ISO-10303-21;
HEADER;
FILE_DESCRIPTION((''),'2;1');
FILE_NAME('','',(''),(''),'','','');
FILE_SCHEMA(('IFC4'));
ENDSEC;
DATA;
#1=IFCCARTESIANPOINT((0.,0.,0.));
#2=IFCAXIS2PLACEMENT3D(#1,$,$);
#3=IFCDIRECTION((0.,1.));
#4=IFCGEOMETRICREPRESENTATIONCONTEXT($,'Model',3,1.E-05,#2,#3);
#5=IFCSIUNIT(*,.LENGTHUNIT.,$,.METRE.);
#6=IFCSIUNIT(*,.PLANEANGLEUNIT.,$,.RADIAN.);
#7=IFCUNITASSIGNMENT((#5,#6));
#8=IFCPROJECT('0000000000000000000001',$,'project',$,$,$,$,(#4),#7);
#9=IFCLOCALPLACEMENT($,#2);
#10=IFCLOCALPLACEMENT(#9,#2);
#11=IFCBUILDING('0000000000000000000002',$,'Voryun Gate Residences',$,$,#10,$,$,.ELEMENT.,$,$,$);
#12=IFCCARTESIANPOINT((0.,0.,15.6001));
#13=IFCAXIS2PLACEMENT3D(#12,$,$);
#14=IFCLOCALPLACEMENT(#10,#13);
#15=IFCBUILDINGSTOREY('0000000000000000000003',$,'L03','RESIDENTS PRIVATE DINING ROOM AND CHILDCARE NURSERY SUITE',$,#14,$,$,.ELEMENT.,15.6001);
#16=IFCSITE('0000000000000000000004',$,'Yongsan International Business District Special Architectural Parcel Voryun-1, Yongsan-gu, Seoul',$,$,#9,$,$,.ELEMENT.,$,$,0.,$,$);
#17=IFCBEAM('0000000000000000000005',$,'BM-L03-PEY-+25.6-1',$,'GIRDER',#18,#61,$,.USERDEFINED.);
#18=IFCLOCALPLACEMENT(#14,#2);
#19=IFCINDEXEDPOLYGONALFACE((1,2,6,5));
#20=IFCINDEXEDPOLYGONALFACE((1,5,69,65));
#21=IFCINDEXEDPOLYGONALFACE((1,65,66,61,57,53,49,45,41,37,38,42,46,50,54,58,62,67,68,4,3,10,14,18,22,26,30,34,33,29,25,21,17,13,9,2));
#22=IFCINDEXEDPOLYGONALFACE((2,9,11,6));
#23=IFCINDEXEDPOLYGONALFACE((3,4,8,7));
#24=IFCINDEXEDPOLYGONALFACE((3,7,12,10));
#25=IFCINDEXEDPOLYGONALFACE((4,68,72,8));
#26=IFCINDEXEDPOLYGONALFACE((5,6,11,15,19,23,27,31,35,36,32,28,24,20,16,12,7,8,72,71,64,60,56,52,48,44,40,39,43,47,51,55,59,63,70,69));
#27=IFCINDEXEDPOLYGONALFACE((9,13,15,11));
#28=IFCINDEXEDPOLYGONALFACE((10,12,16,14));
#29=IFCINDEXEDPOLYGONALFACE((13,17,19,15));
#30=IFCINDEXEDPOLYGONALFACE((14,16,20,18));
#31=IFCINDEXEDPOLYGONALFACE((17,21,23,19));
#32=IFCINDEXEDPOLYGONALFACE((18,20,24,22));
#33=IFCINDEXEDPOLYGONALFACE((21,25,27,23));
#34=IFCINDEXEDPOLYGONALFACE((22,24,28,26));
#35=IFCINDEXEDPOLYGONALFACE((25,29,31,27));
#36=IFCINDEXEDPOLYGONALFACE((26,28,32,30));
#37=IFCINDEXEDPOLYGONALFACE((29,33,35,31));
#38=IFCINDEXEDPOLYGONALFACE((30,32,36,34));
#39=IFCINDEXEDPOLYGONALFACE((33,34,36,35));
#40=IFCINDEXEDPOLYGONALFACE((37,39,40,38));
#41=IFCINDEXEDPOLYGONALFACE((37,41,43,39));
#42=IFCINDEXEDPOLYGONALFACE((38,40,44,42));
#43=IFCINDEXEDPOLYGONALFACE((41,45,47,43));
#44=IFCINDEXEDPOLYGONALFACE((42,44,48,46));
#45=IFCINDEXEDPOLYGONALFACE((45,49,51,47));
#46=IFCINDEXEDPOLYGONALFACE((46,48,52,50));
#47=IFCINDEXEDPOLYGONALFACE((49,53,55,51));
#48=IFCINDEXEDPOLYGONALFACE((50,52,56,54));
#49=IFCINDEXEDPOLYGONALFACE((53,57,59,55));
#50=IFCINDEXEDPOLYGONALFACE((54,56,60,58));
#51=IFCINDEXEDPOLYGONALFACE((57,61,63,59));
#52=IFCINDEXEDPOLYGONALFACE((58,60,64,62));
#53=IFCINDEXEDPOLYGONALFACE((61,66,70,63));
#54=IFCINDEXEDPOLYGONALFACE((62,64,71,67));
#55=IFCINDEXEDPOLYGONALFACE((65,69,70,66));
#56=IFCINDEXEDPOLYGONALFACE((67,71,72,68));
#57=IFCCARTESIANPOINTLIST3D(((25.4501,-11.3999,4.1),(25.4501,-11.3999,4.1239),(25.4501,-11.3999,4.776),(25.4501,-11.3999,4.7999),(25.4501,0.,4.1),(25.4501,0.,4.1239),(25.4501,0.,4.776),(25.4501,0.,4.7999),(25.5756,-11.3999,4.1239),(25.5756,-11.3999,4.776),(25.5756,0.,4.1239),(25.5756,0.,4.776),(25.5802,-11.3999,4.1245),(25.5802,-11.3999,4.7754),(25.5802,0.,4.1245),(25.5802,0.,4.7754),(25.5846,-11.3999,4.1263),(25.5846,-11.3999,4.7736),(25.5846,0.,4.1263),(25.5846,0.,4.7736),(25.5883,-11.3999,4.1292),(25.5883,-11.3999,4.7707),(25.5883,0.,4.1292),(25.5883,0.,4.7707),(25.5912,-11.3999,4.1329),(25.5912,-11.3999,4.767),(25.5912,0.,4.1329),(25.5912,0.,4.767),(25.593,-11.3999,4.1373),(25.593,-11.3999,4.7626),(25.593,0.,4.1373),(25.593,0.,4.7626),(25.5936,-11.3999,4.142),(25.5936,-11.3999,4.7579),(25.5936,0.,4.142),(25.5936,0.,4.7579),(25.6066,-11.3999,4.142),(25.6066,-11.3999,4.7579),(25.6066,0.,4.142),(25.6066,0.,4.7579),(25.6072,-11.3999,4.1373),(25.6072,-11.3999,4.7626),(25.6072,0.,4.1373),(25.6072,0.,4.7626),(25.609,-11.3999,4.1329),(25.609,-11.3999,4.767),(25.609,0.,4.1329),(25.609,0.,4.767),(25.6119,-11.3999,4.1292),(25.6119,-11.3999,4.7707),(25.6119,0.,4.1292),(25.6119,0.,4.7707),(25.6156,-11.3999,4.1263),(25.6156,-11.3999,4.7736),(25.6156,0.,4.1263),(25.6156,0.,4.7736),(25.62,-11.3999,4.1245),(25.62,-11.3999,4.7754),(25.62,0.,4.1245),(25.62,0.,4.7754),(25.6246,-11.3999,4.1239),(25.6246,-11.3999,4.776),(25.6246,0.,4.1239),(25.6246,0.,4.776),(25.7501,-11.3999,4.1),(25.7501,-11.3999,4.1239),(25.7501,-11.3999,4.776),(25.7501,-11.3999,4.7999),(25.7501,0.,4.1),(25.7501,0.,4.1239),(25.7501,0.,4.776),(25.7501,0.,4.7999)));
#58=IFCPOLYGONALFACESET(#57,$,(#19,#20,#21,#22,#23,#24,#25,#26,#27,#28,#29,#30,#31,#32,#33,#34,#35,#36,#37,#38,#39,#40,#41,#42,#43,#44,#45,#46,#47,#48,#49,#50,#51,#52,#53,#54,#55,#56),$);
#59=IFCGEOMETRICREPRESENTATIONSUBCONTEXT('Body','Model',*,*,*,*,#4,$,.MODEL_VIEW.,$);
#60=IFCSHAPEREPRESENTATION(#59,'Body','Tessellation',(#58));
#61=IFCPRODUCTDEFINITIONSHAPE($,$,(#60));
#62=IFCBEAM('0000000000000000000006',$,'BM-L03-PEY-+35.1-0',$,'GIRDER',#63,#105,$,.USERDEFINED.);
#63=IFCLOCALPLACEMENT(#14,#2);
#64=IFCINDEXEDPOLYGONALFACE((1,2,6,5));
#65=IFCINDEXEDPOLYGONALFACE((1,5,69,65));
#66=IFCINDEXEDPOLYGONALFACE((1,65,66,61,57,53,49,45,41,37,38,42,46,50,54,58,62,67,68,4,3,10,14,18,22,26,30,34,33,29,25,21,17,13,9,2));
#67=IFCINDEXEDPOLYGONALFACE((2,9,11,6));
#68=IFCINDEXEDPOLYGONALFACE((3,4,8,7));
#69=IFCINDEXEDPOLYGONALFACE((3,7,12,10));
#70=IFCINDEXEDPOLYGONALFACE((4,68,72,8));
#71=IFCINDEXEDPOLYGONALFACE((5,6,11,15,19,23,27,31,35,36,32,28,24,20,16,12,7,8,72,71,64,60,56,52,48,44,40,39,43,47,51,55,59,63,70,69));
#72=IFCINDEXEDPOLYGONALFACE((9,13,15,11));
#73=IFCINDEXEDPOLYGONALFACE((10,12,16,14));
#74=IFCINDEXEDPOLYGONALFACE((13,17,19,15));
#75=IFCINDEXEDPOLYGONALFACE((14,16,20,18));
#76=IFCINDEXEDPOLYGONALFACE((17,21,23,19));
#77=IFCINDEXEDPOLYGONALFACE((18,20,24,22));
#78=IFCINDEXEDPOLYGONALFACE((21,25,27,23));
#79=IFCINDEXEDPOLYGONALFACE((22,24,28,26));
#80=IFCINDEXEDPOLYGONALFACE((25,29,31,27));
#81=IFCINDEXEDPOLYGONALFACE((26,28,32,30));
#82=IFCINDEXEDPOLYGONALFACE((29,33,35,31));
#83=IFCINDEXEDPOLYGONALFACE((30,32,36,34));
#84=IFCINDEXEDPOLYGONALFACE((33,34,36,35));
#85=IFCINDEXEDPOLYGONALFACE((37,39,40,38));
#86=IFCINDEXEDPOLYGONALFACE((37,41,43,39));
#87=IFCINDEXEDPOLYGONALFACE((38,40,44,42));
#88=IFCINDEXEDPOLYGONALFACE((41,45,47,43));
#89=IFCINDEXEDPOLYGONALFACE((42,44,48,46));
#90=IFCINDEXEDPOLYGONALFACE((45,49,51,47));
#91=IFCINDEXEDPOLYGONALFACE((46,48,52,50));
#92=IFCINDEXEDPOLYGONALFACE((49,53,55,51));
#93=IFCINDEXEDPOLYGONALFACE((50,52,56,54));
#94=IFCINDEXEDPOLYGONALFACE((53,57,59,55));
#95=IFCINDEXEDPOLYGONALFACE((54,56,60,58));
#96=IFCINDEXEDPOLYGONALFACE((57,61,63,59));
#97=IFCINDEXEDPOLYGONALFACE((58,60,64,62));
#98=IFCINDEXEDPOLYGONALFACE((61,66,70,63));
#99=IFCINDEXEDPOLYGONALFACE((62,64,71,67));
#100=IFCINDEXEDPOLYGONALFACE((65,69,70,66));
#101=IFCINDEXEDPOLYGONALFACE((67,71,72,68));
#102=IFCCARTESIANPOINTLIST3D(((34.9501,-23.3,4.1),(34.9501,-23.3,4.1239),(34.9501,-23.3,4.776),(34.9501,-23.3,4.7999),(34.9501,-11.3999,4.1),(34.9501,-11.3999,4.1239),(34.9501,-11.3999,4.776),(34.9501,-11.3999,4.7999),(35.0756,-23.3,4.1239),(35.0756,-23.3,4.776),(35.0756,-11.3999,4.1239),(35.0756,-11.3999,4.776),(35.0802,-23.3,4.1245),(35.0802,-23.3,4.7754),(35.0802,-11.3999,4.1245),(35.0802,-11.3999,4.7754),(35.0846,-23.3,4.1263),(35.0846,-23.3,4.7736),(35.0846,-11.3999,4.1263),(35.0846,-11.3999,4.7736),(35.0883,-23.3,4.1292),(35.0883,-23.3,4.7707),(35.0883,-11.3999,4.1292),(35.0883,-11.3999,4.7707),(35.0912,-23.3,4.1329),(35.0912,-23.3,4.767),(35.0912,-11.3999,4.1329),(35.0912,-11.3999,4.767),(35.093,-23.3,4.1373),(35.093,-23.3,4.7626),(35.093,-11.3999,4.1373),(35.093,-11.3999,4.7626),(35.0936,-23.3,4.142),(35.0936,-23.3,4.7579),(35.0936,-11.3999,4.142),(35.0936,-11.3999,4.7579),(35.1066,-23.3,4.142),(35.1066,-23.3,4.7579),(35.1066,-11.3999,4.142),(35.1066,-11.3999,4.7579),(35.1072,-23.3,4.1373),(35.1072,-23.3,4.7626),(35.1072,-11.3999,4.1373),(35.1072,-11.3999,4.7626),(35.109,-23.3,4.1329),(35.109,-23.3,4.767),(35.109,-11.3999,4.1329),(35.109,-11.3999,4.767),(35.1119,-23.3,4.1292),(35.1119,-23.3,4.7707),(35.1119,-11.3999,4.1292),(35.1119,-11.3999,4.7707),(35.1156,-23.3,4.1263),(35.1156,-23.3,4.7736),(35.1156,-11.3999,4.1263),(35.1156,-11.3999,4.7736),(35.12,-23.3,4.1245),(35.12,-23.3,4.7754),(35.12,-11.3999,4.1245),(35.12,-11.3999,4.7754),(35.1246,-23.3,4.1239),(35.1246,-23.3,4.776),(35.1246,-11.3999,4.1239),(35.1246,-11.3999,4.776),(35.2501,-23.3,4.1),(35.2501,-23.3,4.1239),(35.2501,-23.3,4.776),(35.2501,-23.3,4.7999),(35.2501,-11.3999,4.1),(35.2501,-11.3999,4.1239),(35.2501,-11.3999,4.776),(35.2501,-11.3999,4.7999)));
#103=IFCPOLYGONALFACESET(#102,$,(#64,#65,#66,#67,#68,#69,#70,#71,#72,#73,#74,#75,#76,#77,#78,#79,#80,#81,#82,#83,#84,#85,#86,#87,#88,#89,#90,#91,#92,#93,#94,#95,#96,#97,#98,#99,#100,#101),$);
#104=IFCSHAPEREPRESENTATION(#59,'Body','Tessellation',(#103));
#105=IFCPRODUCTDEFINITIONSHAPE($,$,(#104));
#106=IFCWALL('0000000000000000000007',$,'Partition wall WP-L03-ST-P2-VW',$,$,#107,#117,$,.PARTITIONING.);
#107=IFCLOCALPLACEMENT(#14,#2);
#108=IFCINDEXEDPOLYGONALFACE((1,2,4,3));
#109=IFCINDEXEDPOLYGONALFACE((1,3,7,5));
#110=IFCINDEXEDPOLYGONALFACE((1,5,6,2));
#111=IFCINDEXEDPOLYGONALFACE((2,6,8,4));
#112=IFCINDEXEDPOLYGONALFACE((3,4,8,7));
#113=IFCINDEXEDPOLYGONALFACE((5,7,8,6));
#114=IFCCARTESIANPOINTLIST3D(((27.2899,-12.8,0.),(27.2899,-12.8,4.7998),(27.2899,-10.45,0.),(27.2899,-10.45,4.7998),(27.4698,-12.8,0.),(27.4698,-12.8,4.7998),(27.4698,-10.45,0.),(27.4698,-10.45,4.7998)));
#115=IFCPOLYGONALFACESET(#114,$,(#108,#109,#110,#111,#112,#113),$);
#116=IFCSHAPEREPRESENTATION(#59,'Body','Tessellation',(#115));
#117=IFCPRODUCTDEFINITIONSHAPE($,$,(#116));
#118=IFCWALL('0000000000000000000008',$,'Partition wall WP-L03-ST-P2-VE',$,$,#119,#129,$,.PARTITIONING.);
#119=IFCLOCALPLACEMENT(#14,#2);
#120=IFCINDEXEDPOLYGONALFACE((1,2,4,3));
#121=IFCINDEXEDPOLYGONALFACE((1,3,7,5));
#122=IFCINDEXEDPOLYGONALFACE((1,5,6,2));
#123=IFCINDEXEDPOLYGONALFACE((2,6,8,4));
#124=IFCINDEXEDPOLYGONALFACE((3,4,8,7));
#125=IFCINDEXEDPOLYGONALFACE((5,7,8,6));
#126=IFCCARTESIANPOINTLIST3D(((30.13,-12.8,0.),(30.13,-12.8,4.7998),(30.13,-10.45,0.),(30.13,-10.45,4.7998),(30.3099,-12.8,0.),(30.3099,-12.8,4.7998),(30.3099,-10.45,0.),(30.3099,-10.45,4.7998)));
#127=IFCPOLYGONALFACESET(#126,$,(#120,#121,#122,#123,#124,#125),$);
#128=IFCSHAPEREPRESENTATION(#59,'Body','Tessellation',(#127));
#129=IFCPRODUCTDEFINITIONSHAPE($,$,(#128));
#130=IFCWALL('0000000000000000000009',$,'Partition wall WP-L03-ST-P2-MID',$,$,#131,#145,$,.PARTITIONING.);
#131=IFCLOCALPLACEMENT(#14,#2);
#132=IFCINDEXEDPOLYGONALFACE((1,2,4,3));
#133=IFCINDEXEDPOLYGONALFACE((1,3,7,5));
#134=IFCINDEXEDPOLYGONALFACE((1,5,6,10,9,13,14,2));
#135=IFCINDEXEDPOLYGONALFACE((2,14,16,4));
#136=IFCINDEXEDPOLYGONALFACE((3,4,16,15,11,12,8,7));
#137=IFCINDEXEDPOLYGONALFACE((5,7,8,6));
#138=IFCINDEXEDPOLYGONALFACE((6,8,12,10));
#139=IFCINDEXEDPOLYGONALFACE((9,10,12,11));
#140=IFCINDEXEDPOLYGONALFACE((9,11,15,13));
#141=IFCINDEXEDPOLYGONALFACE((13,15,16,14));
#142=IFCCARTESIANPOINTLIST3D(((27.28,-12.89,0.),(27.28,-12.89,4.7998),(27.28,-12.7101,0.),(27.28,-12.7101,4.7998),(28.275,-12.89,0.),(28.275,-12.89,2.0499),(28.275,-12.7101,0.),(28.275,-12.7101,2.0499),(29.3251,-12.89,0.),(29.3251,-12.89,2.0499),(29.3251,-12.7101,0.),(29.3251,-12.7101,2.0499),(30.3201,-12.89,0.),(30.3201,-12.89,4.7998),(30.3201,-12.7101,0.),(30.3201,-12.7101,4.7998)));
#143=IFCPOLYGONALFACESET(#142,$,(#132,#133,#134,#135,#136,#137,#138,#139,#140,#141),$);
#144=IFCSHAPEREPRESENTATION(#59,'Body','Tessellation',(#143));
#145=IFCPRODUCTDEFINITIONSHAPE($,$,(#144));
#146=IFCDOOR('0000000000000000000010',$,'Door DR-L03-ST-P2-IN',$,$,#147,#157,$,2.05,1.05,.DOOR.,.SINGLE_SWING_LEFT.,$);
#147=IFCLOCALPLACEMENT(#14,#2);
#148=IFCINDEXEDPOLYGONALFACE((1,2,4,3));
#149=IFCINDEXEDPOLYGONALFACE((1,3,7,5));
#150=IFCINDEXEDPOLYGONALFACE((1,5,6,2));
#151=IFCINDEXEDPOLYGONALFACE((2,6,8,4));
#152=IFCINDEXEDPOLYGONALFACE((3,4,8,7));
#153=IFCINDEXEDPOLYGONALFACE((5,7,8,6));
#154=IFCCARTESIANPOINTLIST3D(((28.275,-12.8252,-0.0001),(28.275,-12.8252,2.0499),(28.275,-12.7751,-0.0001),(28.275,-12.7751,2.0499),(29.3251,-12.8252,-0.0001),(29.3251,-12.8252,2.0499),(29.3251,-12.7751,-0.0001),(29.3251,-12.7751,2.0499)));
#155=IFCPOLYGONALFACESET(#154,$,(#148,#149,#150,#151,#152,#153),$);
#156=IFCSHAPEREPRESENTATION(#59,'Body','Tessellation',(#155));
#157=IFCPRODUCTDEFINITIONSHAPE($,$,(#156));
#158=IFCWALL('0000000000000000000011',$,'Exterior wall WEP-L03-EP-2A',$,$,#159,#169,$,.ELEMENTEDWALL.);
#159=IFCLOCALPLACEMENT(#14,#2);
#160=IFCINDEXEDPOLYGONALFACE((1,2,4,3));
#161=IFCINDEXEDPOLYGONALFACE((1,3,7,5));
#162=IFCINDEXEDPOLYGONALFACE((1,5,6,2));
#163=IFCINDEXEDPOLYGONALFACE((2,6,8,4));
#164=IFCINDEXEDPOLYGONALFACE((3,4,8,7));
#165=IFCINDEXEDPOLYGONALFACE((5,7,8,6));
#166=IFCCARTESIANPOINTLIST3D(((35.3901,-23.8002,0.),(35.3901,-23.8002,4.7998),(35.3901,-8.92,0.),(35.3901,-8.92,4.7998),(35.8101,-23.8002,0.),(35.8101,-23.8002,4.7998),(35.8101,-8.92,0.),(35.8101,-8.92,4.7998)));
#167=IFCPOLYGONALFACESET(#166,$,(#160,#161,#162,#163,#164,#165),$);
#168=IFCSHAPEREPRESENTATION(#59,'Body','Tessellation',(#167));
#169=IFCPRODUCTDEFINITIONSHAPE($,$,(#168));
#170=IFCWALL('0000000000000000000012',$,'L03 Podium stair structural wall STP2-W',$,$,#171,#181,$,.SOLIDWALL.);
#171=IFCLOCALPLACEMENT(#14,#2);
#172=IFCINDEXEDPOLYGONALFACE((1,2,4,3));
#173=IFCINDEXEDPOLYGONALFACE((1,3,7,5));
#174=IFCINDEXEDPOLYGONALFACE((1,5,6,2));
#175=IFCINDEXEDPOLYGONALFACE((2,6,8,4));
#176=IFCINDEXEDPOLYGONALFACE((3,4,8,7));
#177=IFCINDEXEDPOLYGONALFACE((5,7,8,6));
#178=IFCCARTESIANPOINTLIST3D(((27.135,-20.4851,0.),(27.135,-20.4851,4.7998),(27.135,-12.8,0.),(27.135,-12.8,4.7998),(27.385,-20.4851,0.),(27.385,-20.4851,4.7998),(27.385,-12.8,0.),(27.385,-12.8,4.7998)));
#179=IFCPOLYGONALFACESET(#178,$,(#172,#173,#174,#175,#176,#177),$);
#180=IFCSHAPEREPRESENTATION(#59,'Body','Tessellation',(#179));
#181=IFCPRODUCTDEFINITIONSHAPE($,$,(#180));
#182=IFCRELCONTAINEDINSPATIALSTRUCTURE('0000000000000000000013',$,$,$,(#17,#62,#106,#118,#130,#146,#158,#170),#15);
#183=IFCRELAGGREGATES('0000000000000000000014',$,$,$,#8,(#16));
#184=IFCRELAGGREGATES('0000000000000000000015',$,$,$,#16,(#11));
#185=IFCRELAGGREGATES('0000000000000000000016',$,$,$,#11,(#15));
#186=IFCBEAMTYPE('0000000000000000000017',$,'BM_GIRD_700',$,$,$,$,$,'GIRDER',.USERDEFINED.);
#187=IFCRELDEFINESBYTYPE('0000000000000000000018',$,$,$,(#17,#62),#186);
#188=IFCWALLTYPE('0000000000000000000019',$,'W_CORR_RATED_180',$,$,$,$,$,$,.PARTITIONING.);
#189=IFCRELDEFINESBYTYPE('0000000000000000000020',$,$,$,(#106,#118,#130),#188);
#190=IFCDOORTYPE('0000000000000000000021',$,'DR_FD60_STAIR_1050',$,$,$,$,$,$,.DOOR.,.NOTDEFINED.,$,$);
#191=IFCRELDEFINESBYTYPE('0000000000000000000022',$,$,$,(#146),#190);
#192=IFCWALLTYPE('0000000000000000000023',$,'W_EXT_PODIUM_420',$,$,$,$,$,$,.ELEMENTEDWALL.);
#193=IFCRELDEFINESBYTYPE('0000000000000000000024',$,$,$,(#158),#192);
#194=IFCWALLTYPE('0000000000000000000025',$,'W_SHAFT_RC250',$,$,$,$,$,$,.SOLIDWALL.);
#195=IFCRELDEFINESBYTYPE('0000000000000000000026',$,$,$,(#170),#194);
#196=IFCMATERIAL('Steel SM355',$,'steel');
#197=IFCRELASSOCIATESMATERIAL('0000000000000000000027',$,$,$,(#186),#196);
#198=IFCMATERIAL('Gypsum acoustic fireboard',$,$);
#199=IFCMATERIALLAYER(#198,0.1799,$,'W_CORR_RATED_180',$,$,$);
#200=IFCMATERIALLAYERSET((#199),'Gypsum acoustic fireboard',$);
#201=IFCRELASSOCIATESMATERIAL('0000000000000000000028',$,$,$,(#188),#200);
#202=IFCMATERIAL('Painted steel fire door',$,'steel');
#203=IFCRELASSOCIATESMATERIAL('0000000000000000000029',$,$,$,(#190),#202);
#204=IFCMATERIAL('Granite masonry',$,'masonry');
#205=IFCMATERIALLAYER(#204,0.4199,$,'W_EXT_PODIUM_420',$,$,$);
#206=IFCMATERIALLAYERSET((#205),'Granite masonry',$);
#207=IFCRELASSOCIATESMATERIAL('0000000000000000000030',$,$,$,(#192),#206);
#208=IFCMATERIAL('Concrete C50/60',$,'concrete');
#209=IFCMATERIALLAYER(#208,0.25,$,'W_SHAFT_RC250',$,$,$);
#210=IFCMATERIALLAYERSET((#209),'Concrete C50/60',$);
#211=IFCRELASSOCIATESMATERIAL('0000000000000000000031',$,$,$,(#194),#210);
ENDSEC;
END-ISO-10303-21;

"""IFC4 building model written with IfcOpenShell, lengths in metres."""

from ifc_helpers import new_model, si_unit, direction, frame, frame_2d, origin, origin_2d, place, context, subcontext, project, spatial, rectangle, i_section, extrude, material, layer, layer_set, material_profile, profile_set, type_object, element, fill, save


model = new_model("IFC4")

# Units and contexts
model_context = context("Model", 3, precision=1e-05, world=origin(), true_north=direction((0.0, 1.0)))
body_context = subcontext(model_context, "Body", "Model", "MODEL_VIEW")
ifc_project = project(units=[si_unit("LENGTHUNIT", "METRE"), si_unit("PLANEANGLEUNIT", "RADIAN")], contexts=[model_context])

# Site, building, storey
site_placement = place(None, origin())
site = spatial("IfcSite", under=ifc_project, at=site_placement, Name="Yongsan International Business District Special Architectural Parcel Voryun-1, Yongsan-gu, Seoul", CompositionType="ELEMENT", RefElevation=0.0)
building_placement = place(site_placement, origin())
building = spatial("IfcBuilding", under=site, at=building_placement, Name="Voryun Gate Residences", CompositionType="ELEMENT")
storey_placement = place(building_placement, frame((0.0, 0.0, 15.6001)))
storey = spatial("IfcBuildingStorey", under=building, at=storey_placement, Name="L03", Description="RESIDENTS PRIVATE DINING ROOM AND CHILDCARE NURSERY SUITE", CompositionType="ELEMENT", Elevation=15.6001)

# Beams
ifc_material_1 = material(Name="Steel SM355", Category="steel")
ifc_material_profile_1 = material_profile(ifc_material_1, i_section(OverallWidth=0.3, OverallDepth=0.7, WebThickness=0.0129, FlangeThickness=0.0239, FilletRadius=0.0181, at=origin_2d()), Name="H-700x300x13x24")
ifc_profile_set_1 = profile_set([ifc_material_profile_1], Name="Steel SM355")
beam_type = type_object("IfcBeamType", Name="BM_GIRD_700", ElementType="GIRDER", PredefinedType="USERDEFINED", material=ifc_profile_set_1)
beam_1_placement = place(storey_placement, frame((25.6001, -11.3999, 4.45), z_axis=(0.0, 1.0, 0.0), x_axis=(-1.0, 0.0, 0.0)))
element("IfcBeam", 1, at=beam_1_placement, inside=storey, type_object=beam_type, Name="BM-L03-PEY-+25.6-1", ObjectType="GIRDER", PredefinedType="USERDEFINED", context=body_context, shape_type="SweptSolid", body=[
    extrude(i_section(OverallWidth=0.3, OverallDepth=0.7, WebThickness=0.0129, FlangeThickness=0.0239, FilletRadius=0.0181, at=origin_2d()), origin(), (0.0, 0.0, 1.0), 11.3999),
])
beam_2_placement = place(storey_placement, frame((35.1001, -23.3, 4.45), z_axis=(0.0, 1.0, 0.0), x_axis=(-1.0, 0.0, 0.0)))
element("IfcBeam", 2, at=beam_2_placement, inside=storey, type_object=beam_type, Name="BM-L03-PEY-+35.1-0", ObjectType="GIRDER", PredefinedType="USERDEFINED", context=body_context, shape_type="SweptSolid", body=[
    extrude(i_section(OverallWidth=0.3, OverallDepth=0.7, WebThickness=0.0129, FlangeThickness=0.0239, FilletRadius=0.0181, at=origin_2d()), origin(), (0.0, 0.0, 1.0), 11.9001),
])

# Walls
ifc_material_2 = material(Name="Gypsum acoustic fireboard")
ifc_layer_1 = layer(ifc_material_2, 0.1799, Name="W_CORR_RATED_180")
ifc_layer_set_1 = layer_set([ifc_layer_1], Name="Gypsum acoustic fireboard")
wall_type_1 = type_object("IfcWallType", Name="W_CORR_RATED_180", PredefinedType="PARTITIONING", material=ifc_layer_set_1)
for number, where, z_axis, x_axis, name in (
    (3, (27.3799, -12.8, 0.0), (0.0, 0.0, 1.0), (0.0, 1.0, 0.0), "Partition wall WP-L03-ST-P2-VW"),
    (4, (30.22, -12.8, 0.0), (0.0, 0.0, 1.0), (0.0, 1.0, 0.0), "Partition wall WP-L03-ST-P2-VE"),
):
    element("IfcWall", number, at=place(storey_placement, frame(where, z_axis=z_axis, x_axis=x_axis)), inside=storey, type_object=wall_type_1, Name=name, PredefinedType="PARTITIONING", context=body_context, shape_type="SweptSolid", body=[
        extrude(rectangle(XDim=2.3501, YDim=0.1799, at=frame_2d((1.175, 0.0))), origin(), (0.0, 0.0, 1.0), 4.7998),
    ])

# Wall, opening, door
wall_1_placement = place(storey_placement, frame((27.28, -12.8, 0.0), z_axis=(0.0, 0.0, 1.0), x_axis=(1.0, 0.0, 0.0)))
wall_1 = element("IfcWall", 5, at=wall_1_placement, inside=storey, type_object=wall_type_1, Name="Partition wall WP-L03-ST-P2-MID", PredefinedType="PARTITIONING", context=body_context, shape_type="SweptSolid", body=[
    extrude(rectangle(XDim=3.04, YDim=0.1799, at=frame_2d((1.52, 0.0))), origin(), (0.0, 0.0, 1.0), 4.7998),
])
opening_placement = place(wall_1_placement, frame((0.9951, 0.0, 0.0)))
opening = element("IfcOpeningElement", 6, at=opening_placement, cuts=wall_1, PredefinedType="OPENING", context=body_context, shape_type="SweptSolid", body=[
    extrude(rectangle(XDim=1.05, YDim=2.05, at=frame_2d((0.5249, 1.0249))), frame((0.0, 0.0999, 0.0), z_axis=(0.0, -1.0, 0.0), x_axis=(1.0, 0.0, 0.0)), (0.0, 0.0, 1.0), 0.2),
])
ifc_material_3 = material(Name="Painted steel fire door", Category="steel")
door_type = type_object("IfcDoorType", Name="DR_FD60_STAIR_1050", OperationType="NOTDEFINED", PredefinedType="DOOR", material=ifc_material_3)
door_placement = place(opening_placement, origin())
door = element("IfcDoor", 7, at=door_placement, inside=storey, type_object=door_type, Name="Door DR-L03-ST-P2-IN", OperationType="SINGLE_SWING_LEFT", OverallHeight=2.05, OverallWidth=1.05, PredefinedType="DOOR", context=body_context, shape_type="SweptSolid", body=[
    extrude(rectangle(XDim=1.05, YDim=2.05, at=frame_2d((0.5249, 1.0249))), frame((0.0, 0.0249, 0.0), z_axis=(0.0, -1.0, 0.0), x_axis=(1.0, 0.0, 0.0)), (0.0, 0.0, 1.0), 0.05),
])
fill(opening, door)

# Walls
ifc_material_4 = material(Name="Granite masonry", Category="masonry")
ifc_layer_2 = layer(ifc_material_4, 0.4199, Name="W_EXT_PODIUM_420")
ifc_layer_set_2 = layer_set([ifc_layer_2], Name="Granite masonry")
wall_type_2 = type_object("IfcWallType", Name="W_EXT_PODIUM_420", PredefinedType="ELEMENTEDWALL", material=ifc_layer_set_2)
wall_2_placement = place(storey_placement, frame((35.6001, -23.8, 0.0), z_axis=(0.0, 0.0, 1.0), x_axis=(0.0, 1.0, 0.0)))
element("IfcWall", 8, at=wall_2_placement, inside=storey, type_object=wall_type_2, Name="Exterior wall WEP-L03-EP-2A", PredefinedType="ELEMENTEDWALL", context=body_context, shape_type="SweptSolid", body=[
    extrude(rectangle(XDim=14.8801, YDim=0.4199, at=frame_2d((7.4399, 0.0))), origin(), (0.0, 0.0, 1.0), 4.7998),
])
ifc_material_5 = material(Name="Concrete C50/60", Category="concrete")
ifc_layer_3 = layer(ifc_material_5, 0.25, Name="W_SHAFT_RC250")
ifc_layer_set_3 = layer_set([ifc_layer_3], Name="Concrete C50/60")
wall_type_3 = type_object("IfcWallType", Name="W_SHAFT_RC250", PredefinedType="SOLIDWALL", material=ifc_layer_set_3)
for number, where, z_axis, x_axis, name in (
    (9, (27.26, -20.4851, 0.0), (0.0, 0.0, 1.0), (0.0, 1.0, 0.0), "L03 Podium stair structural wall STP2-W"),
):
    element("IfcWall", number, at=place(storey_placement, frame(where, z_axis=z_axis, x_axis=x_axis)), inside=storey, type_object=wall_type_3, Name=name, PredefinedType="SOLIDWALL", context=body_context, shape_type="SweptSolid", body=[
        extrude(rectangle(XDim=7.6851, YDim=0.25, at=frame_2d((3.8425, 0.0))), origin(), (0.0, 0.0, 1.0), 4.7998),
    ])

save(model, "model.ifc")
